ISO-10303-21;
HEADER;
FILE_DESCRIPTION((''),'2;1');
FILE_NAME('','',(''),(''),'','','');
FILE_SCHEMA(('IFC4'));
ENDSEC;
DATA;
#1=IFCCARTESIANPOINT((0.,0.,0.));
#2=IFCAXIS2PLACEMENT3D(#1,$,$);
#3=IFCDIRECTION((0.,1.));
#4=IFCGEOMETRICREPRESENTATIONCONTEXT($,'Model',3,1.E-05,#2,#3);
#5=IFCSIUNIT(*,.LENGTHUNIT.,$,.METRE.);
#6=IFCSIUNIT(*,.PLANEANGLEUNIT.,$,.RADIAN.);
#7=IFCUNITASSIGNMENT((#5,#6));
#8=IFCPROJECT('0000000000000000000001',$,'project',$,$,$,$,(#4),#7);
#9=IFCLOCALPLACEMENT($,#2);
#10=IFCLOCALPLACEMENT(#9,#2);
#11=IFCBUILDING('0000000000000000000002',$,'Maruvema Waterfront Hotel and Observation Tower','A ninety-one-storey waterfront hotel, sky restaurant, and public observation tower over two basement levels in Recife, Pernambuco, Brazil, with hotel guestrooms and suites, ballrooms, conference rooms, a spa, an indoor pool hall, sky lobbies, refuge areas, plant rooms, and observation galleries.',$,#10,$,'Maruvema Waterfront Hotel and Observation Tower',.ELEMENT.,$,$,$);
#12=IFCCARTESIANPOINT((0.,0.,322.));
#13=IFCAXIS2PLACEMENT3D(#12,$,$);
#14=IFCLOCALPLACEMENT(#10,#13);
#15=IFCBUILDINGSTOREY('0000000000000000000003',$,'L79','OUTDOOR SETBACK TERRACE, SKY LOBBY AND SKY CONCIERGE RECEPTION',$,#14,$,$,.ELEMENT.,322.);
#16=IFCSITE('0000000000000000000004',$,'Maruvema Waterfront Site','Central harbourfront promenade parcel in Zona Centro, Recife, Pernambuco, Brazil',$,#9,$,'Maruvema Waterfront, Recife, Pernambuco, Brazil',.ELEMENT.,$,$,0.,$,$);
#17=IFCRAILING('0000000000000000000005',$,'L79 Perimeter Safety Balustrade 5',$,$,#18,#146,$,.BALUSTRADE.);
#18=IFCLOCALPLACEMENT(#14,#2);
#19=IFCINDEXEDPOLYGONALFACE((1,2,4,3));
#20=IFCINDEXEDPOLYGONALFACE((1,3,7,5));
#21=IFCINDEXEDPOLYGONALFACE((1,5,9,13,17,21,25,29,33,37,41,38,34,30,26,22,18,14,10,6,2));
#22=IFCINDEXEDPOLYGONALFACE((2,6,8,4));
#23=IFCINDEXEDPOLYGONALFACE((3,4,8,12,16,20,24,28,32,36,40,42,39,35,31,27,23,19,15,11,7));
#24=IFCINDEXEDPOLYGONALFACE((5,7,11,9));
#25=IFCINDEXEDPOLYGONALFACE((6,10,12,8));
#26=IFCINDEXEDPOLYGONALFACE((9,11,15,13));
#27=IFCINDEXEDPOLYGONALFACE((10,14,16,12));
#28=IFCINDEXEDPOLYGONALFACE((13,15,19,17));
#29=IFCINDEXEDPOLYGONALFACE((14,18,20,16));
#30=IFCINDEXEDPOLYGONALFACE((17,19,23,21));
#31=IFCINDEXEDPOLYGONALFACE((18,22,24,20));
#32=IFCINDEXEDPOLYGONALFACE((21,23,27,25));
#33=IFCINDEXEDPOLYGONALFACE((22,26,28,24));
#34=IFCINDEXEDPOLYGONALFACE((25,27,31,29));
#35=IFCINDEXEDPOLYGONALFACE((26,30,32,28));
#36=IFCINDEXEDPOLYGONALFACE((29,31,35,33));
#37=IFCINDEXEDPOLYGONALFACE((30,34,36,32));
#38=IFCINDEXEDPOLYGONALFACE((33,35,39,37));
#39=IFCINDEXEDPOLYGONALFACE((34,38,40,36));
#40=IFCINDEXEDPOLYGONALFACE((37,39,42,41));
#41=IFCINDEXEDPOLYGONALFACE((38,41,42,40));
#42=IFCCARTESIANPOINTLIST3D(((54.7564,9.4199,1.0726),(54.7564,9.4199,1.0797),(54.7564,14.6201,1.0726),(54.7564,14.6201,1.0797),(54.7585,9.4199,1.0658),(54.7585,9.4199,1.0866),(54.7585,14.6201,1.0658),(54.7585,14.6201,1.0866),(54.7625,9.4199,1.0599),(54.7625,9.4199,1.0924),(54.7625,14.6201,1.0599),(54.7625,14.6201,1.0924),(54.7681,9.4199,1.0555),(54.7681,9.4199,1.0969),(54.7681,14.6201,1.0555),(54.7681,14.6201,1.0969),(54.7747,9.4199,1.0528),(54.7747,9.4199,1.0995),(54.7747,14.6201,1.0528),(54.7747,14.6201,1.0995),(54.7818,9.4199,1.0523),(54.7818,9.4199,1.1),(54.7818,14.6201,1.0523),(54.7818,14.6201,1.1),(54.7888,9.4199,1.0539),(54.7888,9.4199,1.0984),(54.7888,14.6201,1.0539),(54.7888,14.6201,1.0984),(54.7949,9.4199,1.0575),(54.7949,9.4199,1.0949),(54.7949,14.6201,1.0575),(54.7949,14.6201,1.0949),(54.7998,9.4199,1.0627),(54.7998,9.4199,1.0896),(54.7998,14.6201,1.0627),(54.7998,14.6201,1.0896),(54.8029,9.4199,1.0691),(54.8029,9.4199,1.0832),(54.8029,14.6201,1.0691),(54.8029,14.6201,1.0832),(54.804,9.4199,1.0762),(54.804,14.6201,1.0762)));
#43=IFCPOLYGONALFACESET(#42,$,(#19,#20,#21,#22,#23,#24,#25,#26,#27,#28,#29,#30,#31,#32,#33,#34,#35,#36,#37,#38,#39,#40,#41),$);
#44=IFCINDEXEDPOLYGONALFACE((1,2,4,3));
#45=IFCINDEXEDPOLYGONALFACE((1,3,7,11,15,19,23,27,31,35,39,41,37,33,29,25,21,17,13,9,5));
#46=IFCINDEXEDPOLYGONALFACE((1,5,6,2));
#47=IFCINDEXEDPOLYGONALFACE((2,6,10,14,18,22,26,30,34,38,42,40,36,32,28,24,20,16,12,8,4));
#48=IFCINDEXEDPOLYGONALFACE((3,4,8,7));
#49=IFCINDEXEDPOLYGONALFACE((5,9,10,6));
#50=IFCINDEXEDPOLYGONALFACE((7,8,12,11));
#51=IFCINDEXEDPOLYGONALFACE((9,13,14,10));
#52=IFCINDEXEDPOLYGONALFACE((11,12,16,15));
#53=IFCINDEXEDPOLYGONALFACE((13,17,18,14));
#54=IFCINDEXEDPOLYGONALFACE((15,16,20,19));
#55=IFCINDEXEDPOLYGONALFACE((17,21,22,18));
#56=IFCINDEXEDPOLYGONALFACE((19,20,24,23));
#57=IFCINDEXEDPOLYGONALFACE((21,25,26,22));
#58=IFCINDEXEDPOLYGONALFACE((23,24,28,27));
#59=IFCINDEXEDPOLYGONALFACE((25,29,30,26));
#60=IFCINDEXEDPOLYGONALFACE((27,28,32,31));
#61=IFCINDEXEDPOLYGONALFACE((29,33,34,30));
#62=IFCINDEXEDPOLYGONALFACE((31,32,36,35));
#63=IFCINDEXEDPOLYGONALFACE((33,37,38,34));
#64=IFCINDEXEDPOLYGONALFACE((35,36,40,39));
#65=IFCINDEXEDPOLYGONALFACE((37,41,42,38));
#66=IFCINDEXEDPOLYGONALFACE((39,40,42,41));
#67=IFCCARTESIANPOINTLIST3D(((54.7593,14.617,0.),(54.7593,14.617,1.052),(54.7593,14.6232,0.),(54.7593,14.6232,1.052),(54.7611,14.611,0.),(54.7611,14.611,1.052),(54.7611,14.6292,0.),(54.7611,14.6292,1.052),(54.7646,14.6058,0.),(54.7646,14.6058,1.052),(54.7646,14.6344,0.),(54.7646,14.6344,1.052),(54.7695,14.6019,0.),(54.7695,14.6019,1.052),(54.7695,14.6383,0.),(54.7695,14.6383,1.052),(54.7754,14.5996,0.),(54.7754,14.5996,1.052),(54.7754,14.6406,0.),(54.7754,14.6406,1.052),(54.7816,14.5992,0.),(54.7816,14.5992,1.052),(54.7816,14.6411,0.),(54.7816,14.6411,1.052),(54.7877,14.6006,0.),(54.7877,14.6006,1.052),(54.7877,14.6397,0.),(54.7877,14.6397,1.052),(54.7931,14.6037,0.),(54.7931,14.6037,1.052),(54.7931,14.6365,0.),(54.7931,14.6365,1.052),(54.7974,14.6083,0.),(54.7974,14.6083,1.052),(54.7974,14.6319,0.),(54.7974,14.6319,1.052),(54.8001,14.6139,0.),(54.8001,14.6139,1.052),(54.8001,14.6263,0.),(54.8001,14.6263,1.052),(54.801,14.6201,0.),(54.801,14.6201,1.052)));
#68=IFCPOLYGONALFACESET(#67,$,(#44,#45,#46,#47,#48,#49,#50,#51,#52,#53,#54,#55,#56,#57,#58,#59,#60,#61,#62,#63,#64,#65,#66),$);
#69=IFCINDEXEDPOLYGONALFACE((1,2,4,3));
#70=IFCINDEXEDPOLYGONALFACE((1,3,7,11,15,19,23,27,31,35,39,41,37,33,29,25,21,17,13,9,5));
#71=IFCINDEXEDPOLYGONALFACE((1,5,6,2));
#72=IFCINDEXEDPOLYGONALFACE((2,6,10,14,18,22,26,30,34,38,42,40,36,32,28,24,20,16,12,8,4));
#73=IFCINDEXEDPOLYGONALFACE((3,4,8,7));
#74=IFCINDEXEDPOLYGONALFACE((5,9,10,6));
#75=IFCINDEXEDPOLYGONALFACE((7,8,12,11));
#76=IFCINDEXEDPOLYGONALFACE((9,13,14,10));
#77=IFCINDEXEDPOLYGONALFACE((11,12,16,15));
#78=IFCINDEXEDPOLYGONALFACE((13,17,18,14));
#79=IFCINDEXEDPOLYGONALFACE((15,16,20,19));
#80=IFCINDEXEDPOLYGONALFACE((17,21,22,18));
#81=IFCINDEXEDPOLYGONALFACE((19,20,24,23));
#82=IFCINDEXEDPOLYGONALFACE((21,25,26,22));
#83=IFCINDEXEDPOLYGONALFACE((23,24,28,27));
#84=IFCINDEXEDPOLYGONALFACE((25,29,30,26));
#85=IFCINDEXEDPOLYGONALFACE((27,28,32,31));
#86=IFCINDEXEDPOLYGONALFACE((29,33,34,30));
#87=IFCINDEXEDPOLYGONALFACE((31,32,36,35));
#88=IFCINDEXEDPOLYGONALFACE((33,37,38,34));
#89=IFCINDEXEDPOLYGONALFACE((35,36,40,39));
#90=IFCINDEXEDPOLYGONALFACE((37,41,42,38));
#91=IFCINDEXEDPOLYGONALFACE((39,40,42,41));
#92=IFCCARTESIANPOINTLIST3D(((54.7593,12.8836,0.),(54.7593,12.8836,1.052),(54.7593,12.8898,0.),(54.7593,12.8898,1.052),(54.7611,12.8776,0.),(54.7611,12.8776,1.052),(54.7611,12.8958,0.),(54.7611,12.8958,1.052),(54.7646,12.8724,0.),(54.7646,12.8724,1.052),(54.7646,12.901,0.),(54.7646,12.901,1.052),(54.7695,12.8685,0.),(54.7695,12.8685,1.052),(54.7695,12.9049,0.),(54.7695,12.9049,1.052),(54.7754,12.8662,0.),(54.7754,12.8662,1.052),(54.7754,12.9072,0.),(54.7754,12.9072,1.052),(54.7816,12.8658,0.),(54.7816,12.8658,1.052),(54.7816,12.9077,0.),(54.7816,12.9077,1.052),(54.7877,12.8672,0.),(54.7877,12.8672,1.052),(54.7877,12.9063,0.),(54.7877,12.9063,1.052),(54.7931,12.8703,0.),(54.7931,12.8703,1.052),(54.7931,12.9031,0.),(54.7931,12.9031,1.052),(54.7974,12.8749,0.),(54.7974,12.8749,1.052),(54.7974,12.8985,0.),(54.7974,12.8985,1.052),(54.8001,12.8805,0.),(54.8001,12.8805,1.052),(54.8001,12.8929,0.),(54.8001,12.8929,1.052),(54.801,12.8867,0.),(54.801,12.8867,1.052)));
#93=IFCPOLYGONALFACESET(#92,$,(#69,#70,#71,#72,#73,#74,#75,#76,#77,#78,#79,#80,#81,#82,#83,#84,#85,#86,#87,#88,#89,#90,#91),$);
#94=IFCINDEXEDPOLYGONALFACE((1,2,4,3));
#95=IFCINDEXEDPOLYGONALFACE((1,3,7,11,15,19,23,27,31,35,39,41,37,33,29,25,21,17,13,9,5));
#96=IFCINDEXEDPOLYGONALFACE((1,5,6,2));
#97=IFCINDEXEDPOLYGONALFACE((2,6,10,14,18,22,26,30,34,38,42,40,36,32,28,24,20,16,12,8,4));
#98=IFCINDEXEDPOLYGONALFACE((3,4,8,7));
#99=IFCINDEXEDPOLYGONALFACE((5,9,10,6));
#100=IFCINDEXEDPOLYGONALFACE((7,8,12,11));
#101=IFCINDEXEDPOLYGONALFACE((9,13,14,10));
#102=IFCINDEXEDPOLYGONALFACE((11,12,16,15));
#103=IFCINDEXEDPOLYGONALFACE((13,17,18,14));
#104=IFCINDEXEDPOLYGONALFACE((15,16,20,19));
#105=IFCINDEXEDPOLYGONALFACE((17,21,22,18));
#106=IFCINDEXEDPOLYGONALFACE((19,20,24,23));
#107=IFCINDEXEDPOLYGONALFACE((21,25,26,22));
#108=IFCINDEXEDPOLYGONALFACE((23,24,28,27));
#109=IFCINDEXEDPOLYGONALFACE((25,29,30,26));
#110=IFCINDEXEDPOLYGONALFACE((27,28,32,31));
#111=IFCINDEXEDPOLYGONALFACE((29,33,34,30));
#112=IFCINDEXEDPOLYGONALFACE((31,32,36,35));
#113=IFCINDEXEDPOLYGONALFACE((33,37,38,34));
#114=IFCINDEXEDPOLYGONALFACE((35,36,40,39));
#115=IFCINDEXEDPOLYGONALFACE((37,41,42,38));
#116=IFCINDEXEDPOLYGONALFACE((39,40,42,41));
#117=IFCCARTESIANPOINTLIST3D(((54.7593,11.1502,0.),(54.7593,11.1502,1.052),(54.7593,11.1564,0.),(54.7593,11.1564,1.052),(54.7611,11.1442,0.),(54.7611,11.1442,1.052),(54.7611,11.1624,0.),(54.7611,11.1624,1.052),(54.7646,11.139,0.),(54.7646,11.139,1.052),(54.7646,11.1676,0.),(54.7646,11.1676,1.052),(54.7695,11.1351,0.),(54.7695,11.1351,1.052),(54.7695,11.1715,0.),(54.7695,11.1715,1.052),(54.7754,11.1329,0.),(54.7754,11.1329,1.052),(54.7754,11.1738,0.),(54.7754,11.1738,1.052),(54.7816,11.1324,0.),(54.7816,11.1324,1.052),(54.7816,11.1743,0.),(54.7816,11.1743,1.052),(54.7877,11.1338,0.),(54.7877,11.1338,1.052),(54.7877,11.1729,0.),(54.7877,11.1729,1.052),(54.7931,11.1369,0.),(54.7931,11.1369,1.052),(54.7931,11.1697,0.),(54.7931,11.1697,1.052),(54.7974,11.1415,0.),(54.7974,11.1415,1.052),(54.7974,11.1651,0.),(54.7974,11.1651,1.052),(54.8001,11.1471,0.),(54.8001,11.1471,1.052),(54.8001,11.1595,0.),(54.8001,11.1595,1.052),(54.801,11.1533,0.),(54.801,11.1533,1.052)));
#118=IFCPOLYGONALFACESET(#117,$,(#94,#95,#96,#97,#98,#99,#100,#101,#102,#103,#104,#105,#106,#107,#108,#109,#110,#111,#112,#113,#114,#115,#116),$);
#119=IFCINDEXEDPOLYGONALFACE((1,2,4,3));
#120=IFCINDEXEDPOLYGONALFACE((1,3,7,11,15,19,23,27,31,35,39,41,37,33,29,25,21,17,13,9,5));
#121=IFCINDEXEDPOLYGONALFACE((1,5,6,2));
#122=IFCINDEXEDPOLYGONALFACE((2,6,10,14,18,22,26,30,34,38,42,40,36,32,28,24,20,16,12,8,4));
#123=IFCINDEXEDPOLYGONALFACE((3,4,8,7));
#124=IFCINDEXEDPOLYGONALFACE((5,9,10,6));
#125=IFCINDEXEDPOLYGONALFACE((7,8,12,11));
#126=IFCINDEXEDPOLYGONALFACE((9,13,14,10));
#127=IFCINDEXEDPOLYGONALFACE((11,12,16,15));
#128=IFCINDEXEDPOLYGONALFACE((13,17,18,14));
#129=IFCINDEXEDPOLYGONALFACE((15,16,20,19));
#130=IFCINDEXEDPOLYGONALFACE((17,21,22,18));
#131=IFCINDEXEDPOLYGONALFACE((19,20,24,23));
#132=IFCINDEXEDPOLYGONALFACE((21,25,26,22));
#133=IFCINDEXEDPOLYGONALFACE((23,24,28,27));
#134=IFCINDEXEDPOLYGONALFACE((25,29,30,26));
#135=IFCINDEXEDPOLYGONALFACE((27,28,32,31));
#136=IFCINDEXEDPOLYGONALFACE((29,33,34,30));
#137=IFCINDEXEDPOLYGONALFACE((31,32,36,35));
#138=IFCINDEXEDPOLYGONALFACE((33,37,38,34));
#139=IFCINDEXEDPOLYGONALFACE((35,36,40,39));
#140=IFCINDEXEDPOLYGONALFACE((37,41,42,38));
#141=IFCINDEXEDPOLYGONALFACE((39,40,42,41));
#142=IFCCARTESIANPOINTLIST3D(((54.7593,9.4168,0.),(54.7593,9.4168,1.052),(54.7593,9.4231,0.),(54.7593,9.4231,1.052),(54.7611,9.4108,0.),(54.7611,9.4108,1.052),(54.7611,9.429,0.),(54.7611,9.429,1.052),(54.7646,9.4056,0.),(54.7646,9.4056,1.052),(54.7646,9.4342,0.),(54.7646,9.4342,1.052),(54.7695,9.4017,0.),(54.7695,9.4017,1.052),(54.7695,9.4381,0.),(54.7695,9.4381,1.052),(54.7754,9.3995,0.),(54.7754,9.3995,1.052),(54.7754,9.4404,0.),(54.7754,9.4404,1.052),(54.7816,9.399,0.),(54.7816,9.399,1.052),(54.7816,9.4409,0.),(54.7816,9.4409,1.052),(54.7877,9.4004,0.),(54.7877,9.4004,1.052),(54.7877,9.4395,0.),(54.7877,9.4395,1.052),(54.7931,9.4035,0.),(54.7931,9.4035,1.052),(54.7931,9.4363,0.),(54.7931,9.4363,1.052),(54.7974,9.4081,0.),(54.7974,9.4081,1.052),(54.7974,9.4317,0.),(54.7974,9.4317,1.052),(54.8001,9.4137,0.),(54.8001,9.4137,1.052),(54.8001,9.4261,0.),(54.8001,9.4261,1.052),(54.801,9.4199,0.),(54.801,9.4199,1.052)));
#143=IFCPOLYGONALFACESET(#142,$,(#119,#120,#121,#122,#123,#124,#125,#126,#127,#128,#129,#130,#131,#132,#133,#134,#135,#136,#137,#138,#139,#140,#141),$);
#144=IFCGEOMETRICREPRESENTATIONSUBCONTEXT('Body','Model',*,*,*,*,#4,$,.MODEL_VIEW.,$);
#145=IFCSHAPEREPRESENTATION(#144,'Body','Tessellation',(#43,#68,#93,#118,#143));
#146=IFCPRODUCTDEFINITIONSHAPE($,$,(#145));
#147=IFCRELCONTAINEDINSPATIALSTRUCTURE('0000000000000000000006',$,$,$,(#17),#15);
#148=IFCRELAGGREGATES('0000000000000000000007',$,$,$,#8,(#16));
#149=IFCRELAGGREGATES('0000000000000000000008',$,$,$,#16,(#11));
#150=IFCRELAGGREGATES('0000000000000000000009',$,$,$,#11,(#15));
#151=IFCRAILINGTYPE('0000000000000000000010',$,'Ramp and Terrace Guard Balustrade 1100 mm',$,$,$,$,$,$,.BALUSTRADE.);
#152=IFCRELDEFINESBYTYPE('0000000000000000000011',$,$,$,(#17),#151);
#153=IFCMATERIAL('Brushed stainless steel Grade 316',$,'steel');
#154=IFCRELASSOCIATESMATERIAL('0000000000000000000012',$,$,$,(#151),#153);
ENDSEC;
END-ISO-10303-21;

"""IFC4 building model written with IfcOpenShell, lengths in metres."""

from ifc_helpers import new_model, si_unit, direction, frame, origin, origin_2d, place, context, subcontext, project, spatial, circle, extrude, material, type_object, element, save


model = new_model("IFC4")

# Units and contexts
model_context = context("Model", 3, precision=1e-05, world=origin(), true_north=direction((0.0, 1.0)))
body_context = subcontext(model_context, "Body", "Model", "MODEL_VIEW")
ifc_project = project(units=[si_unit("LENGTHUNIT", "METRE"), si_unit("PLANEANGLEUNIT", "RADIAN")], contexts=[model_context])

# Site, building, storey
site_placement = place(None, origin())
site = spatial("IfcSite", under=ifc_project, at=site_placement, Name="Maruvema Waterfront Site", Description="Central harbourfront promenade parcel in Zona Centro, Recife, Pernambuco, Brazil", LongName="Maruvema Waterfront, Recife, Pernambuco, Brazil", CompositionType="ELEMENT", RefElevation=0.0)
building_placement = place(site_placement, origin())
building = spatial("IfcBuilding", under=site, at=building_placement, Name="Maruvema Waterfront Hotel and Observation Tower", Description="A ninety-one-storey waterfront hotel, sky restaurant, and public observation tower over two basement levels in Recife, Pernambuco, Brazil, with hotel guestrooms and suites, ballrooms, conference rooms, a spa, an indoor pool hall, sky lobbies, refuge areas, plant rooms, and observation galleries.", LongName="Maruvema Waterfront Hotel and Observation Tower", CompositionType="ELEMENT")
storey_placement = place(building_placement, frame((0.0, 0.0, 322.0)))
storey = spatial("IfcBuildingStorey", under=building, at=storey_placement, Name="L79", Description="OUTDOOR SETBACK TERRACE, SKY LOBBY AND SKY CONCIERGE RECEPTION", CompositionType="ELEMENT", Elevation=322.0)

# Railing
ifc_material_1 = material(Name="Brushed stainless steel Grade 316", Category="steel")
railing_type = type_object("IfcRailingType", Name="Ramp and Terrace Guard Balustrade 1100 mm", PredefinedType="BALUSTRADE", material=ifc_material_1)
railing_1_placement = place(storey_placement, frame((54.78, 14.6201, 0.0)))
element("IfcRailing", 1, at=railing_1_placement, inside=storey, type_object=railing_type, Name="L79 Perimeter Safety Balustrade 5", PredefinedType="BALUSTRADE", context=body_context, shape_type="SweptSolid", body=[
    extrude(circle(Radius=0.0239, at=origin_2d()), frame((0.0, 0.0, 1.0762), z_axis=(0.0, -1.0, 0.0), x_axis=(1.0, 0.0, 0.0)), (0.0, 0.0, 1.0), 5.2002),
    extrude(circle(Radius=0.021, at=origin_2d()), origin(), (0.0, 0.0, 1.0), 1.052),
    extrude(circle(Radius=0.021, at=origin_2d()), frame((0.0, -1.7334, 0.0)), (0.0, 0.0, 1.0), 1.052),
    extrude(circle(Radius=0.021, at=origin_2d()), frame((0.0, -3.4668, 0.0)), (0.0, 0.0, 1.0), 1.052),
    extrude(circle(Radius=0.021, at=origin_2d()), frame((0.0, -5.2002, 0.0)), (0.0, 0.0, 1.0), 1.052),
])

save(model, "model.ifc")
